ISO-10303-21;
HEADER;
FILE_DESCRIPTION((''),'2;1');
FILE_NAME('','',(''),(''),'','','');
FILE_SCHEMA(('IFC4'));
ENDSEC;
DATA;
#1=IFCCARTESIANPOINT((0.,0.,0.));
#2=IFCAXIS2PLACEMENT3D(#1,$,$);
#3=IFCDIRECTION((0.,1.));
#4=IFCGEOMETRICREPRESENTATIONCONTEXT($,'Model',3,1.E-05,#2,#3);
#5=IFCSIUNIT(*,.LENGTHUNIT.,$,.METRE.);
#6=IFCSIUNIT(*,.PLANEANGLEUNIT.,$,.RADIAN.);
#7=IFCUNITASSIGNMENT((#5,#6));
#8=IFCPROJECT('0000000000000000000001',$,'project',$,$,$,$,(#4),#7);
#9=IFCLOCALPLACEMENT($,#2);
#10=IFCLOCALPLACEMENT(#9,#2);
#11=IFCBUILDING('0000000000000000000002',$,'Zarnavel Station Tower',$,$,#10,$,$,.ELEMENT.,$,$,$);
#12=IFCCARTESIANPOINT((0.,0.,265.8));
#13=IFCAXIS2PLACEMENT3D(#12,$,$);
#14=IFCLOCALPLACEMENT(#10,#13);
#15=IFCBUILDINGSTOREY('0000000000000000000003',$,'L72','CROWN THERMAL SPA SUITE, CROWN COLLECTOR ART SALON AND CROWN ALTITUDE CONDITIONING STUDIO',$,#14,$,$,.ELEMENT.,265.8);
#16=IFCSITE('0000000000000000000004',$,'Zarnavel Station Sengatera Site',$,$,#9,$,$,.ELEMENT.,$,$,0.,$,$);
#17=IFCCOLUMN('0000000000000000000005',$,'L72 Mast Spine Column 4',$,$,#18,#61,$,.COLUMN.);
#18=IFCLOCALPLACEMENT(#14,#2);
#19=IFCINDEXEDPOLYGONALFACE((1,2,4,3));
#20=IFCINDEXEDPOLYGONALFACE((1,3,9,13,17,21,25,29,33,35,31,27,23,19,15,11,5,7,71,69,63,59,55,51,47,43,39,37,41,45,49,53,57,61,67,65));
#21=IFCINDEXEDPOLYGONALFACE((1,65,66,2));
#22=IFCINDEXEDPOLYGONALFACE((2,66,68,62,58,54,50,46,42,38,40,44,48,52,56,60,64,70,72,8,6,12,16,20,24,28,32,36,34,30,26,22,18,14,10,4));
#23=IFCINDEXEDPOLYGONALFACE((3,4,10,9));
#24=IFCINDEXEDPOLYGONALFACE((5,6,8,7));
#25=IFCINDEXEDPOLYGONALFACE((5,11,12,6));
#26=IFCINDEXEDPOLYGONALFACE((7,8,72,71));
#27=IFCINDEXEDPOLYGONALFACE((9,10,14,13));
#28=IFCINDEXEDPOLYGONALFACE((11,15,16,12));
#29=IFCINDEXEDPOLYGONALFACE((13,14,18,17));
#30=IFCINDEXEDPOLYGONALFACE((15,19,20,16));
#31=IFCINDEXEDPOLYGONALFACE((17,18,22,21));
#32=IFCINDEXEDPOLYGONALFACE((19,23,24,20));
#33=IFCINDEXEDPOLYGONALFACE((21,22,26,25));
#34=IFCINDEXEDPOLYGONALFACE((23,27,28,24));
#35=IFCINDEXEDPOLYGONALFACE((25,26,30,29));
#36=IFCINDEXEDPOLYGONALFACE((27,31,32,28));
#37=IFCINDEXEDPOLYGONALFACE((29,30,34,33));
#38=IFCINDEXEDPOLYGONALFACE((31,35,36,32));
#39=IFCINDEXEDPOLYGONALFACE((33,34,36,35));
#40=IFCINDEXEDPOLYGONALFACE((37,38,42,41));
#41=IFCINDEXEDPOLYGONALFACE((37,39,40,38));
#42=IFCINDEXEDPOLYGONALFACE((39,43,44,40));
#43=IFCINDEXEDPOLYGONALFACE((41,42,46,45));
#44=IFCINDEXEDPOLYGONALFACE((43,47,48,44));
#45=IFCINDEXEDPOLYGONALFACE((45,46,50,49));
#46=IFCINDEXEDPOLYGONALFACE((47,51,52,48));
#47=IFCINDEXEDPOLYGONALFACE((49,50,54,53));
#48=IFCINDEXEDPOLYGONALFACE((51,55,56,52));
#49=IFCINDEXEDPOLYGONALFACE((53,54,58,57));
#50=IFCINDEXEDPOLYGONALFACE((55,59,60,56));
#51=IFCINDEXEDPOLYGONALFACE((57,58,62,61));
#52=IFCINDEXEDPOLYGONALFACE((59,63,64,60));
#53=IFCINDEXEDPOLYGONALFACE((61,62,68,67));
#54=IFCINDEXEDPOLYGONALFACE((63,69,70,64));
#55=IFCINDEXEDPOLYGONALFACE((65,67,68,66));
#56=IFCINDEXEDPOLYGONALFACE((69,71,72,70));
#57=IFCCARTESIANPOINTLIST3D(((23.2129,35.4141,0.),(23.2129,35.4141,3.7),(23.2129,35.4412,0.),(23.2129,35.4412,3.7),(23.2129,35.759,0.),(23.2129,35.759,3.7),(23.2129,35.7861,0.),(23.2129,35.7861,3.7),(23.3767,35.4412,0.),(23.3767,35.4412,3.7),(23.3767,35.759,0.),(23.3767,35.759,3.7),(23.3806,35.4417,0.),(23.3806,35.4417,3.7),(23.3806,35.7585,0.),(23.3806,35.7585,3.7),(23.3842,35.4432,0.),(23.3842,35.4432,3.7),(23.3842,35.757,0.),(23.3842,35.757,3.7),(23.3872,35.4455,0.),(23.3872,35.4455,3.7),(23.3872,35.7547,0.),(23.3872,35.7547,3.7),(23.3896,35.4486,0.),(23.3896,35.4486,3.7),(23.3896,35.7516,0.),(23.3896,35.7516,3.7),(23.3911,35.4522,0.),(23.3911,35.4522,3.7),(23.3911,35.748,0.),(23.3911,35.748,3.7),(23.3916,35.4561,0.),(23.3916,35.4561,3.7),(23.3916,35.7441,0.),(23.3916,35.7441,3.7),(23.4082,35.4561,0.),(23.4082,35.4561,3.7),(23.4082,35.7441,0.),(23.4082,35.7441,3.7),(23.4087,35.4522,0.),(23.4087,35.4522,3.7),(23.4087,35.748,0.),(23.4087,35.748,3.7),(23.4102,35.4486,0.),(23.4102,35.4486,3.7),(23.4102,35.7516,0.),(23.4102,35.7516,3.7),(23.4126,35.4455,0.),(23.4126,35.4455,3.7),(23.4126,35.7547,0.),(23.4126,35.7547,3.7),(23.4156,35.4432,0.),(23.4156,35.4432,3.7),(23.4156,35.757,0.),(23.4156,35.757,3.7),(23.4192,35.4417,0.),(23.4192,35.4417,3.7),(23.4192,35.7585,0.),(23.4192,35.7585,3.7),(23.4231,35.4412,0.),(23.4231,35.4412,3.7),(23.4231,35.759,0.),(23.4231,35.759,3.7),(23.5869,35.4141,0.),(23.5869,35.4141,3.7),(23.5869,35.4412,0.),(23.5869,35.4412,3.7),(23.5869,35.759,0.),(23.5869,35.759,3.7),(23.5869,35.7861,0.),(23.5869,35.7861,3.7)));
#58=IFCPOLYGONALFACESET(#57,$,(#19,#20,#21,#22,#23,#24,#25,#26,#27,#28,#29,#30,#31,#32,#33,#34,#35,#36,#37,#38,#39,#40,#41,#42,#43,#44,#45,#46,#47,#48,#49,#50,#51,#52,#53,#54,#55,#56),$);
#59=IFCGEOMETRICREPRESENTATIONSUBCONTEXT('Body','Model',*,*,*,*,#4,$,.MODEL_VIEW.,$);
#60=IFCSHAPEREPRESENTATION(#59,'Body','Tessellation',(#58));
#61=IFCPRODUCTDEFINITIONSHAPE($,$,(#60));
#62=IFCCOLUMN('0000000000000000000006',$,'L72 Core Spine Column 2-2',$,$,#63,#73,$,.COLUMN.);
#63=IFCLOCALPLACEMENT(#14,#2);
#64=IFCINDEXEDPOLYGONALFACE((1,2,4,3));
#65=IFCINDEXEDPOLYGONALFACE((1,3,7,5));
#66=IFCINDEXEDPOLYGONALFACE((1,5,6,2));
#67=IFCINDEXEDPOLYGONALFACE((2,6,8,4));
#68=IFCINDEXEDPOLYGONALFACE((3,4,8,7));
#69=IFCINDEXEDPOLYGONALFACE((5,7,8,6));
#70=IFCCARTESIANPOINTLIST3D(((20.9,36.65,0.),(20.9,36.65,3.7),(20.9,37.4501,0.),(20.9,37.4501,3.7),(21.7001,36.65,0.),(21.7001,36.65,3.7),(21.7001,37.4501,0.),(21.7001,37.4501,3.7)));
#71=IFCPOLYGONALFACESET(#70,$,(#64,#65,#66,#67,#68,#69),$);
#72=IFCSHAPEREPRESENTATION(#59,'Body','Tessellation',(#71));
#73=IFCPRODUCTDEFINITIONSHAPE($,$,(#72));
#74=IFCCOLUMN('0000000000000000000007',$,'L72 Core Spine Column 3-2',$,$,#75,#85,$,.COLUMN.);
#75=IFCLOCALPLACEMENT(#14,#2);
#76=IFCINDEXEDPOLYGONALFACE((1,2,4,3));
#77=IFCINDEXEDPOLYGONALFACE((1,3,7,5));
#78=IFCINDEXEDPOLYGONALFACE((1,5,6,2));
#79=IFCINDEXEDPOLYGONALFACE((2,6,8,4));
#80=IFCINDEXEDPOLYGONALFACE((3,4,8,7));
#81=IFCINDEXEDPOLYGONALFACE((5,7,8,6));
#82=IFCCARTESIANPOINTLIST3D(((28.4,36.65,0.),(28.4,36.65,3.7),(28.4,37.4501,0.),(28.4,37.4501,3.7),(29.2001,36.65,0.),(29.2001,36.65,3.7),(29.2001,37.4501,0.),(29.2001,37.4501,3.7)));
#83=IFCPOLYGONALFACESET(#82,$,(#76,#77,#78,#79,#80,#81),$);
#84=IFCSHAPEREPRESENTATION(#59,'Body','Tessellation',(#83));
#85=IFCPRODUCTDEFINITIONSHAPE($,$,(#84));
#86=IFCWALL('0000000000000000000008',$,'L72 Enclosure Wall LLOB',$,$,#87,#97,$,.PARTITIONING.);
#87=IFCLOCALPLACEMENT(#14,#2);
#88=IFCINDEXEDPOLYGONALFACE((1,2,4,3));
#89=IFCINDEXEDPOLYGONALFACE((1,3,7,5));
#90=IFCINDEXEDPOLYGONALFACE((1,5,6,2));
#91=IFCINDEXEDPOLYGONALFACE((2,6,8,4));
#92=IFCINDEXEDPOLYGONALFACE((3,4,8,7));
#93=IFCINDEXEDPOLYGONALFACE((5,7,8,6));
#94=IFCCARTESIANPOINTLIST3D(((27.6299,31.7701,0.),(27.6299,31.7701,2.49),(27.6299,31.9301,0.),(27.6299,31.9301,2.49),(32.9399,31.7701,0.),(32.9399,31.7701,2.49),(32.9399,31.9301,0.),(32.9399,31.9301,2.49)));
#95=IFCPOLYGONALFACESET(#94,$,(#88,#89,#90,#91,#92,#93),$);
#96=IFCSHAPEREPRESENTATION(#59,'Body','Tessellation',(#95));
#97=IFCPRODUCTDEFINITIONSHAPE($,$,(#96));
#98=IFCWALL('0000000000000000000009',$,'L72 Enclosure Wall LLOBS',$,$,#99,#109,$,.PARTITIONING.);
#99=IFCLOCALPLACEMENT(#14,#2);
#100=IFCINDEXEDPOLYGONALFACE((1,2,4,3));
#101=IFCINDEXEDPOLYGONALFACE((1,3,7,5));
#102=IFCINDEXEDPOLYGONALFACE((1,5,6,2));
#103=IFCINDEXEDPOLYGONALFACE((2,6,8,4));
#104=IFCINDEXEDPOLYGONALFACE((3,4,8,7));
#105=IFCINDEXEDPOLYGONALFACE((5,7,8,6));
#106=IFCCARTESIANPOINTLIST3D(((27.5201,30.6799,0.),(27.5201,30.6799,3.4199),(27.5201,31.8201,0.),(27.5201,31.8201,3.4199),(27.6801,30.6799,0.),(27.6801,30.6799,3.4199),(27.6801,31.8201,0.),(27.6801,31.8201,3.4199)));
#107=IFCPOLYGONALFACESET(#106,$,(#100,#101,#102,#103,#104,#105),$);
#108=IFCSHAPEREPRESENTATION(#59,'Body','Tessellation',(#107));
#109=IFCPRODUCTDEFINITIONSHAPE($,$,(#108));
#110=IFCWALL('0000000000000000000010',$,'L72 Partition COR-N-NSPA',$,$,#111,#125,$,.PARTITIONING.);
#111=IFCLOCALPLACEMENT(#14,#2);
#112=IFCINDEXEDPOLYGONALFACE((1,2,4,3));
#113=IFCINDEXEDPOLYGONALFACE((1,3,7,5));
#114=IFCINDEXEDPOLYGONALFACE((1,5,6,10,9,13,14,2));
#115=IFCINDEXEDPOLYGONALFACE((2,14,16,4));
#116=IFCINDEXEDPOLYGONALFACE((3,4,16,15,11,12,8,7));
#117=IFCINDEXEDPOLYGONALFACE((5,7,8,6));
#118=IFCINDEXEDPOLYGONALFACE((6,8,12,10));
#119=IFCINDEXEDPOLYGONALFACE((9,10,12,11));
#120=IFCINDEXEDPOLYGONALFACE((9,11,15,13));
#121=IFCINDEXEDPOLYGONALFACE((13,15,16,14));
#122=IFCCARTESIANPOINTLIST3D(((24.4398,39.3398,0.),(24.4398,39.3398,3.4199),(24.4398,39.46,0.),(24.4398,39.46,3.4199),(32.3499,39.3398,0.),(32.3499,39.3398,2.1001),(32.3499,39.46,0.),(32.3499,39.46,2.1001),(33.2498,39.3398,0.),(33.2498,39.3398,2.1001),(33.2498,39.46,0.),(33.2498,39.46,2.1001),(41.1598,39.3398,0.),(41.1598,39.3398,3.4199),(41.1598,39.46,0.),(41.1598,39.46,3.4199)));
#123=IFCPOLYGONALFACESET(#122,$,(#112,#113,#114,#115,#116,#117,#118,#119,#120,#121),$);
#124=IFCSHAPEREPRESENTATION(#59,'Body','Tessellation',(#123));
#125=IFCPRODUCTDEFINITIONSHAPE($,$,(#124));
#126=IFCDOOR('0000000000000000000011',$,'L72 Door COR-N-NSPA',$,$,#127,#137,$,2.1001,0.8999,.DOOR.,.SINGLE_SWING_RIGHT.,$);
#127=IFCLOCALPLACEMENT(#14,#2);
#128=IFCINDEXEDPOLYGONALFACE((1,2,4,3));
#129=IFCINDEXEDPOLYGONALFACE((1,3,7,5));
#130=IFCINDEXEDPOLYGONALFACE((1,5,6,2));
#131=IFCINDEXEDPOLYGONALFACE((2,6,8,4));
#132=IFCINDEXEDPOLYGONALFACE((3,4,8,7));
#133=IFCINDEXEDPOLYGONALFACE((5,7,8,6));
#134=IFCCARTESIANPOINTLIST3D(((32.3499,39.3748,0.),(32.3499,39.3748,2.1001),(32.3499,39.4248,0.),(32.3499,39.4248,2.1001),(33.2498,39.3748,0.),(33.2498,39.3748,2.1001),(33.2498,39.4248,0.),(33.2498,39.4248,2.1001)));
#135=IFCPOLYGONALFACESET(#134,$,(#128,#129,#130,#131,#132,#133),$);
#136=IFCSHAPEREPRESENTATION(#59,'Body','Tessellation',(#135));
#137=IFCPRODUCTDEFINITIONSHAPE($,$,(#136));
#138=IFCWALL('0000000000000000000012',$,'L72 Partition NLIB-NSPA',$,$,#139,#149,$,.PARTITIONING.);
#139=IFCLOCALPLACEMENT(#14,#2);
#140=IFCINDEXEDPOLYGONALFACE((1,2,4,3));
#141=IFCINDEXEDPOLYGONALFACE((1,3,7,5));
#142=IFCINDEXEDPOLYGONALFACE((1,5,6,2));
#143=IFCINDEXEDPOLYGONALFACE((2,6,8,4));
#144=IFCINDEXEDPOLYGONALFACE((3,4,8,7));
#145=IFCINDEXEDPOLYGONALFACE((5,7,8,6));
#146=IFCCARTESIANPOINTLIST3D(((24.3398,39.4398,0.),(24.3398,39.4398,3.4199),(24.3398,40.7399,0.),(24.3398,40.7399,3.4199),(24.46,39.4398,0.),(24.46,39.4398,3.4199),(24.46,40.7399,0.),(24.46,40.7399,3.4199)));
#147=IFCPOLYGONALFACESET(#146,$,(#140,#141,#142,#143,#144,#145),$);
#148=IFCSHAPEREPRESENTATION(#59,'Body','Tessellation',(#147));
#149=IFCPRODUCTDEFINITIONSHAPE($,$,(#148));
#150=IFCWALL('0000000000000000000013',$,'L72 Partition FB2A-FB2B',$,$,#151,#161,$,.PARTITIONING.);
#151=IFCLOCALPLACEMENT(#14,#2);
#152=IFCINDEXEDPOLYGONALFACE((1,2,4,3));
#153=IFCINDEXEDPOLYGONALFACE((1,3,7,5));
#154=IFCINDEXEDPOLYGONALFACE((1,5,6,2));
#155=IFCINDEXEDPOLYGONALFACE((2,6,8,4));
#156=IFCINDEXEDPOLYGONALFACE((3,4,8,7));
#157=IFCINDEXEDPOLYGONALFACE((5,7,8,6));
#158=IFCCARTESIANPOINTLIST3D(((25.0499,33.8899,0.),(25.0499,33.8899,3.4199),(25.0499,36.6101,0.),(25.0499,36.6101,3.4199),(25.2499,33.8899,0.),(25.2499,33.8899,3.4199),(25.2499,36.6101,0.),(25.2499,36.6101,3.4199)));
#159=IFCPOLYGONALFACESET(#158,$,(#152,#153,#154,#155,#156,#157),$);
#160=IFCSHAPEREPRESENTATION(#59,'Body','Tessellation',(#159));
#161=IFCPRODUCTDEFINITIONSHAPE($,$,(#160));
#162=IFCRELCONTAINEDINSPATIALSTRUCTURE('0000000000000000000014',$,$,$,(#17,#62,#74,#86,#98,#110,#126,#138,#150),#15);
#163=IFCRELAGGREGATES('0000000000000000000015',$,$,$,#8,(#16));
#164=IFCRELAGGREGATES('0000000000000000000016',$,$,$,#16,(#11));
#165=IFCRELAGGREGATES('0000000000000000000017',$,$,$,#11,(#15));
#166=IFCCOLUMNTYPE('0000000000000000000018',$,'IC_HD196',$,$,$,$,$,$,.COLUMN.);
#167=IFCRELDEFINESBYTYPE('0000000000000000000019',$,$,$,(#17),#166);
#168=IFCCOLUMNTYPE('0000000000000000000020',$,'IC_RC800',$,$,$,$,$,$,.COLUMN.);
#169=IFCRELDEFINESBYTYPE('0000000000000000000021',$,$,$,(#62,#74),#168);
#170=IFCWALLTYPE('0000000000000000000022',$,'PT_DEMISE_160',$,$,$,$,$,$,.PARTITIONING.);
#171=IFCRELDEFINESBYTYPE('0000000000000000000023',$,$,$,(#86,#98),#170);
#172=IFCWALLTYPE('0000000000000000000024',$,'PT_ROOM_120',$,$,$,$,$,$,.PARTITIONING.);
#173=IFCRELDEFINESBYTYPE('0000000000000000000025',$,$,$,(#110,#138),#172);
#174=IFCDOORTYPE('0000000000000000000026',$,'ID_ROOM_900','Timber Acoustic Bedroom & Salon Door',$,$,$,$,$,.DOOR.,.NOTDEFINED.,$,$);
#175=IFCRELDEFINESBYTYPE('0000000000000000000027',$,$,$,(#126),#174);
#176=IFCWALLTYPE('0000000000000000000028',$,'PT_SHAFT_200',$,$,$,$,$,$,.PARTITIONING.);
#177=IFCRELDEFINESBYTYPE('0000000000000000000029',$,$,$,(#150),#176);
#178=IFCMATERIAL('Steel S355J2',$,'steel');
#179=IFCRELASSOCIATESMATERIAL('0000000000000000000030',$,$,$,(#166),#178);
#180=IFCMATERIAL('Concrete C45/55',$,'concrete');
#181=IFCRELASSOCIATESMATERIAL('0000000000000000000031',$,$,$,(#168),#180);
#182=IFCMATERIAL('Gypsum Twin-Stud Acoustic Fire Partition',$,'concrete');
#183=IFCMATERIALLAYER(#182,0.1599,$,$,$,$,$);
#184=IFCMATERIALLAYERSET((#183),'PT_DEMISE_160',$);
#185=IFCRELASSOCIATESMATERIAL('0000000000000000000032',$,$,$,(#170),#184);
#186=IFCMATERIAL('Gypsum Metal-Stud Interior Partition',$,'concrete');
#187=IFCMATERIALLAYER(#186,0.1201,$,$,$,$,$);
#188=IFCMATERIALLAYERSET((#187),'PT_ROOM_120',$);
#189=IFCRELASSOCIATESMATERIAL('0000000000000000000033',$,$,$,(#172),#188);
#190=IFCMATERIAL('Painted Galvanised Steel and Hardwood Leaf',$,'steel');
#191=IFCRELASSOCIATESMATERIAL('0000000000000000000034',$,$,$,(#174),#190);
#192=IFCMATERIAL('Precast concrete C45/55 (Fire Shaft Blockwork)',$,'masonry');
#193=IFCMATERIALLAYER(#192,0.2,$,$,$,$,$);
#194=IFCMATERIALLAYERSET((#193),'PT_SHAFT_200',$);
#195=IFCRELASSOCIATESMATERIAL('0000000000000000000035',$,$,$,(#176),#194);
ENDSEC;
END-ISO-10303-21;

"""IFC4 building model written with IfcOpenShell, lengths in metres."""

from ifc_helpers import new_model, si_unit, direction, frame, frame_2d, origin, origin_2d, place, context, subcontext, project, spatial, rectangle, i_section, extrude, material, layer, layer_set, material_profile, profile_set, type_object, element, fill, save


model = new_model("IFC4")

# Units and contexts
model_context = context("Model", 3, precision=1e-05, world=origin(), true_north=direction((0.0, 1.0)))
body_context = subcontext(model_context, "Body", "Model", "MODEL_VIEW")
ifc_project = project(units=[si_unit("LENGTHUNIT", "METRE"), si_unit("PLANEANGLEUNIT", "RADIAN")], contexts=[model_context])

# Site, building, storey
site_placement = place(None, origin())
site = spatial("IfcSite", under=ifc_project, at=site_placement, Name="Zarnavel Station Sengatera Site", CompositionType="ELEMENT", RefElevation=0.0)
building_placement = place(site_placement, origin())
building = spatial("IfcBuilding", under=site, at=building_placement, Name="Zarnavel Station Tower", CompositionType="ELEMENT")
storey_placement = place(building_placement, frame((0.0, 0.0, 265.8)))
storey = spatial("IfcBuildingStorey", under=building, at=storey_placement, Name="L72", Description="CROWN THERMAL SPA SUITE, CROWN COLLECTOR ART SALON AND CROWN ALTITUDE CONDITIONING STUDIO", CompositionType="ELEMENT", Elevation=265.8)

# Columns
ifc_material_1 = material(Name="Steel S355J2", Category="steel")
ifc_material_profile_1 = material_profile(ifc_material_1, i_section(OverallWidth=0.374, OverallDepth=0.3721, WebThickness=0.0166, FlangeThickness=0.0271, FilletRadius=0.0149, at=origin_2d()), Name="HD360x196")
ifc_profile_set_1 = profile_set([ifc_material_profile_1], Name="Steel S355J2")
column_type_1 = type_object("IfcColumnType", Name="IC_HD196", PredefinedType="COLUMN", material=ifc_profile_set_1)
column_placement = place(storey_placement, frame((23.3999, 35.6001, 0.0), z_axis=(0.0, 0.0, 1.0), x_axis=(1.0, 0.0, 0.0)))
element("IfcColumn", 1, at=column_placement, inside=storey, type_object=column_type_1, Name="L72 Mast Spine Column 4", PredefinedType="COLUMN", context=body_context, shape_type="SweptSolid", body=[
    extrude(i_section(OverallWidth=0.374, OverallDepth=0.3721, WebThickness=0.0166, FlangeThickness=0.0271, FilletRadius=0.0149, at=origin_2d()), origin(), (0.0, 0.0, 1.0), 3.7),
])
ifc_material_2 = material(Name="Concrete C45/55", Category="concrete")
ifc_material_profile_2 = material_profile(ifc_material_2, rectangle(XDim=0.8, YDim=0.8, at=origin_2d()), Name="RC800x800")
ifc_profile_set_2 = profile_set([ifc_material_profile_2], Name="Concrete C45/55")
column_type_2 = type_object("IfcColumnType", Name="IC_RC800", PredefinedType="COLUMN", material=ifc_profile_set_2)
for number, where, z_axis, x_axis, name in (
    (2, (21.3, 37.05, 0.0), (0.0, 0.0, 1.0), (1.0, 0.0, 0.0), "L72 Core Spine Column 2-2"),
    (3, (28.8, 37.05, 0.0), (0.0, 0.0, 1.0), (1.0, 0.0, 0.0), "L72 Core Spine Column 3-2"),
):
    element("IfcColumn", number, at=place(storey_placement, frame(where, z_axis=z_axis, x_axis=x_axis)), inside=storey, type_object=column_type_2, Name=name, PredefinedType="COLUMN", context=body_context, shape_type="SweptSolid", body=[
        extrude(rectangle(XDim=0.8, YDim=0.8, at=origin_2d()), origin(), (0.0, 0.0, 1.0), 3.7),
    ])

# Walls
ifc_material_3 = material(Name="Gypsum Twin-Stud Acoustic Fire Partition", Category="concrete")
ifc_layer_1 = layer(ifc_material_3, 0.1599)
ifc_layer_set_1 = layer_set([ifc_layer_1], Name="PT_DEMISE_160")
wall_type_1 = type_object("IfcWallType", Name="PT_DEMISE_160", PredefinedType="PARTITIONING", material=ifc_layer_set_1)
wall_1_placement = place(storey_placement, frame((27.6299, 31.8501, 0.0), z_axis=(0.0, 0.0, 1.0), x_axis=(1.0, 0.0, 0.0)))
element("IfcWall", 4, at=wall_1_placement, inside=storey, type_object=wall_type_1, Name="L72 Enclosure Wall LLOB", PredefinedType="PARTITIONING", context=body_context, shape_type="SweptSolid", body=[
    extrude(rectangle(XDim=5.3101, YDim=0.1599, at=frame_2d((2.655, 0.0))), origin(), (0.0, 0.0, 1.0), 2.49),
])
wall_2_placement = place(storey_placement, frame((27.6001, 30.6799, 0.0), z_axis=(0.0, 0.0, 1.0), x_axis=(0.0, 1.0, 0.0)))
element("IfcWall", 5, at=wall_2_placement, inside=storey, type_object=wall_type_1, Name="L72 Enclosure Wall LLOBS", PredefinedType="PARTITIONING", context=body_context, shape_type="SweptSolid", body=[
    extrude(rectangle(XDim=1.1401, YDim=0.1599, at=frame_2d((0.5701, 0.0))), origin(), (0.0, 0.0, 1.0), 3.4199),
])

# Wall, opening, door
ifc_material_4 = material(Name="Gypsum Metal-Stud Interior Partition", Category="concrete")
ifc_layer_2 = layer(ifc_material_4, 0.1201)
ifc_layer_set_2 = layer_set([ifc_layer_2], Name="PT_ROOM_120")
wall_type_2 = type_object("IfcWallType", Name="PT_ROOM_120", PredefinedType="PARTITIONING", material=ifc_layer_set_2)
wall_3_placement = place(storey_placement, frame((24.4399, 39.3999, 0.0), z_axis=(0.0, 0.0, 1.0), x_axis=(1.0, 0.0, 0.0)))
wall_3 = element("IfcWall", 6, at=wall_3_placement, inside=storey, type_object=wall_type_2, Name="L72 Partition COR-N-NSPA", PredefinedType="PARTITIONING", context=body_context, shape_type="SweptSolid", body=[
    extrude(rectangle(XDim=16.72, YDim=0.1201, at=frame_2d((8.3599, 0.0))), origin(), (0.0, 0.0, 1.0), 3.4199),
])
opening_1_placement = place(wall_3_placement, frame((7.9099, 0.0, 0.0)))
opening_1 = element("IfcOpeningElement", 7, at=opening_1_placement, cuts=wall_3, PredefinedType="OPENING", context=body_context, shape_type="SweptSolid", body=[
    extrude(rectangle(XDim=0.8999, YDim=2.1001, at=frame_2d((0.45, 1.05))), frame((0.0, 0.0701, 0.0), z_axis=(0.0, -1.0, 0.0), x_axis=(1.0, 0.0, 0.0)), (0.0, 0.0, 1.0), 0.1401),
])
ifc_material_5 = material(Name="Painted Galvanised Steel and Hardwood Leaf", Category="steel")
door_type_1 = type_object("IfcDoorType", Name="ID_ROOM_900", Description="Timber Acoustic Bedroom & Salon Door", OperationType="NOTDEFINED", PredefinedType="DOOR", material=ifc_material_5)
door_1_placement = place(opening_1_placement, origin())
door_1 = element("IfcDoor", 8, at=door_1_placement, inside=storey, type_object=door_type_1, Name="L72 Door COR-N-NSPA", OperationType="SINGLE_SWING_RIGHT", OverallHeight=2.1001, OverallWidth=0.8999, PredefinedType="DOOR", context=body_context, shape_type="SweptSolid", body=[
    extrude(rectangle(XDim=0.8999, YDim=2.1001, at=frame_2d((0.45, 1.05))), frame((0.0, 0.0249, 0.0), z_axis=(0.0, -1.0, 0.0), x_axis=(1.0, 0.0, 0.0)), (0.0, 0.0, 1.0), 0.05),
])
fill(opening_1, door_1)

# Wall
wall_4_placement = place(storey_placement, frame((24.3999, 39.4399, 0.0), z_axis=(0.0, 0.0, 1.0), x_axis=(0.0, 1.0, 0.0)))
element("IfcWall", 9, at=wall_4_placement, inside=storey, type_object=wall_type_2, Name="L72 Partition NLIB-NSPA", PredefinedType="PARTITIONING", context=body_context, shape_type="SweptSolid", body=[
    extrude(rectangle(XDim=1.3, YDim=0.1201, at=frame_2d((0.6499, 0.0))), origin(), (0.0, 0.0, 1.0), 3.4199),
])

# Shared definitions
ifc_material_6 = material(Name="Precast concrete C45/55 (Fire Shaft Blockwork)", Category="masonry")
ifc_layer_3 = layer(ifc_material_6, 0.2)
ifc_layer_set_3 = layer_set([ifc_layer_3], Name="PT_SHAFT_200")
wall_type_3 = type_object("IfcWallType", Name="PT_SHAFT_200", PredefinedType="PARTITIONING", material=ifc_layer_set_3)

# Wall
wall_5_placement = place(storey_placement, frame((25.1499, 33.8899, 0.0), z_axis=(0.0, 0.0, 1.0), x_axis=(0.0, 1.0, 0.0)))
element("IfcWall", 10, at=wall_5_placement, inside=storey, type_object=wall_type_3, Name="L72 Partition FB2A-FB2B", PredefinedType="PARTITIONING", context=body_context, shape_type="SweptSolid", body=[
    extrude(rectangle(XDim=2.7202, YDim=0.2, at=frame_2d((1.3601, 0.0))), origin(), (0.0, 0.0, 1.0), 3.4199),
])

save(model, "model.ifc")
